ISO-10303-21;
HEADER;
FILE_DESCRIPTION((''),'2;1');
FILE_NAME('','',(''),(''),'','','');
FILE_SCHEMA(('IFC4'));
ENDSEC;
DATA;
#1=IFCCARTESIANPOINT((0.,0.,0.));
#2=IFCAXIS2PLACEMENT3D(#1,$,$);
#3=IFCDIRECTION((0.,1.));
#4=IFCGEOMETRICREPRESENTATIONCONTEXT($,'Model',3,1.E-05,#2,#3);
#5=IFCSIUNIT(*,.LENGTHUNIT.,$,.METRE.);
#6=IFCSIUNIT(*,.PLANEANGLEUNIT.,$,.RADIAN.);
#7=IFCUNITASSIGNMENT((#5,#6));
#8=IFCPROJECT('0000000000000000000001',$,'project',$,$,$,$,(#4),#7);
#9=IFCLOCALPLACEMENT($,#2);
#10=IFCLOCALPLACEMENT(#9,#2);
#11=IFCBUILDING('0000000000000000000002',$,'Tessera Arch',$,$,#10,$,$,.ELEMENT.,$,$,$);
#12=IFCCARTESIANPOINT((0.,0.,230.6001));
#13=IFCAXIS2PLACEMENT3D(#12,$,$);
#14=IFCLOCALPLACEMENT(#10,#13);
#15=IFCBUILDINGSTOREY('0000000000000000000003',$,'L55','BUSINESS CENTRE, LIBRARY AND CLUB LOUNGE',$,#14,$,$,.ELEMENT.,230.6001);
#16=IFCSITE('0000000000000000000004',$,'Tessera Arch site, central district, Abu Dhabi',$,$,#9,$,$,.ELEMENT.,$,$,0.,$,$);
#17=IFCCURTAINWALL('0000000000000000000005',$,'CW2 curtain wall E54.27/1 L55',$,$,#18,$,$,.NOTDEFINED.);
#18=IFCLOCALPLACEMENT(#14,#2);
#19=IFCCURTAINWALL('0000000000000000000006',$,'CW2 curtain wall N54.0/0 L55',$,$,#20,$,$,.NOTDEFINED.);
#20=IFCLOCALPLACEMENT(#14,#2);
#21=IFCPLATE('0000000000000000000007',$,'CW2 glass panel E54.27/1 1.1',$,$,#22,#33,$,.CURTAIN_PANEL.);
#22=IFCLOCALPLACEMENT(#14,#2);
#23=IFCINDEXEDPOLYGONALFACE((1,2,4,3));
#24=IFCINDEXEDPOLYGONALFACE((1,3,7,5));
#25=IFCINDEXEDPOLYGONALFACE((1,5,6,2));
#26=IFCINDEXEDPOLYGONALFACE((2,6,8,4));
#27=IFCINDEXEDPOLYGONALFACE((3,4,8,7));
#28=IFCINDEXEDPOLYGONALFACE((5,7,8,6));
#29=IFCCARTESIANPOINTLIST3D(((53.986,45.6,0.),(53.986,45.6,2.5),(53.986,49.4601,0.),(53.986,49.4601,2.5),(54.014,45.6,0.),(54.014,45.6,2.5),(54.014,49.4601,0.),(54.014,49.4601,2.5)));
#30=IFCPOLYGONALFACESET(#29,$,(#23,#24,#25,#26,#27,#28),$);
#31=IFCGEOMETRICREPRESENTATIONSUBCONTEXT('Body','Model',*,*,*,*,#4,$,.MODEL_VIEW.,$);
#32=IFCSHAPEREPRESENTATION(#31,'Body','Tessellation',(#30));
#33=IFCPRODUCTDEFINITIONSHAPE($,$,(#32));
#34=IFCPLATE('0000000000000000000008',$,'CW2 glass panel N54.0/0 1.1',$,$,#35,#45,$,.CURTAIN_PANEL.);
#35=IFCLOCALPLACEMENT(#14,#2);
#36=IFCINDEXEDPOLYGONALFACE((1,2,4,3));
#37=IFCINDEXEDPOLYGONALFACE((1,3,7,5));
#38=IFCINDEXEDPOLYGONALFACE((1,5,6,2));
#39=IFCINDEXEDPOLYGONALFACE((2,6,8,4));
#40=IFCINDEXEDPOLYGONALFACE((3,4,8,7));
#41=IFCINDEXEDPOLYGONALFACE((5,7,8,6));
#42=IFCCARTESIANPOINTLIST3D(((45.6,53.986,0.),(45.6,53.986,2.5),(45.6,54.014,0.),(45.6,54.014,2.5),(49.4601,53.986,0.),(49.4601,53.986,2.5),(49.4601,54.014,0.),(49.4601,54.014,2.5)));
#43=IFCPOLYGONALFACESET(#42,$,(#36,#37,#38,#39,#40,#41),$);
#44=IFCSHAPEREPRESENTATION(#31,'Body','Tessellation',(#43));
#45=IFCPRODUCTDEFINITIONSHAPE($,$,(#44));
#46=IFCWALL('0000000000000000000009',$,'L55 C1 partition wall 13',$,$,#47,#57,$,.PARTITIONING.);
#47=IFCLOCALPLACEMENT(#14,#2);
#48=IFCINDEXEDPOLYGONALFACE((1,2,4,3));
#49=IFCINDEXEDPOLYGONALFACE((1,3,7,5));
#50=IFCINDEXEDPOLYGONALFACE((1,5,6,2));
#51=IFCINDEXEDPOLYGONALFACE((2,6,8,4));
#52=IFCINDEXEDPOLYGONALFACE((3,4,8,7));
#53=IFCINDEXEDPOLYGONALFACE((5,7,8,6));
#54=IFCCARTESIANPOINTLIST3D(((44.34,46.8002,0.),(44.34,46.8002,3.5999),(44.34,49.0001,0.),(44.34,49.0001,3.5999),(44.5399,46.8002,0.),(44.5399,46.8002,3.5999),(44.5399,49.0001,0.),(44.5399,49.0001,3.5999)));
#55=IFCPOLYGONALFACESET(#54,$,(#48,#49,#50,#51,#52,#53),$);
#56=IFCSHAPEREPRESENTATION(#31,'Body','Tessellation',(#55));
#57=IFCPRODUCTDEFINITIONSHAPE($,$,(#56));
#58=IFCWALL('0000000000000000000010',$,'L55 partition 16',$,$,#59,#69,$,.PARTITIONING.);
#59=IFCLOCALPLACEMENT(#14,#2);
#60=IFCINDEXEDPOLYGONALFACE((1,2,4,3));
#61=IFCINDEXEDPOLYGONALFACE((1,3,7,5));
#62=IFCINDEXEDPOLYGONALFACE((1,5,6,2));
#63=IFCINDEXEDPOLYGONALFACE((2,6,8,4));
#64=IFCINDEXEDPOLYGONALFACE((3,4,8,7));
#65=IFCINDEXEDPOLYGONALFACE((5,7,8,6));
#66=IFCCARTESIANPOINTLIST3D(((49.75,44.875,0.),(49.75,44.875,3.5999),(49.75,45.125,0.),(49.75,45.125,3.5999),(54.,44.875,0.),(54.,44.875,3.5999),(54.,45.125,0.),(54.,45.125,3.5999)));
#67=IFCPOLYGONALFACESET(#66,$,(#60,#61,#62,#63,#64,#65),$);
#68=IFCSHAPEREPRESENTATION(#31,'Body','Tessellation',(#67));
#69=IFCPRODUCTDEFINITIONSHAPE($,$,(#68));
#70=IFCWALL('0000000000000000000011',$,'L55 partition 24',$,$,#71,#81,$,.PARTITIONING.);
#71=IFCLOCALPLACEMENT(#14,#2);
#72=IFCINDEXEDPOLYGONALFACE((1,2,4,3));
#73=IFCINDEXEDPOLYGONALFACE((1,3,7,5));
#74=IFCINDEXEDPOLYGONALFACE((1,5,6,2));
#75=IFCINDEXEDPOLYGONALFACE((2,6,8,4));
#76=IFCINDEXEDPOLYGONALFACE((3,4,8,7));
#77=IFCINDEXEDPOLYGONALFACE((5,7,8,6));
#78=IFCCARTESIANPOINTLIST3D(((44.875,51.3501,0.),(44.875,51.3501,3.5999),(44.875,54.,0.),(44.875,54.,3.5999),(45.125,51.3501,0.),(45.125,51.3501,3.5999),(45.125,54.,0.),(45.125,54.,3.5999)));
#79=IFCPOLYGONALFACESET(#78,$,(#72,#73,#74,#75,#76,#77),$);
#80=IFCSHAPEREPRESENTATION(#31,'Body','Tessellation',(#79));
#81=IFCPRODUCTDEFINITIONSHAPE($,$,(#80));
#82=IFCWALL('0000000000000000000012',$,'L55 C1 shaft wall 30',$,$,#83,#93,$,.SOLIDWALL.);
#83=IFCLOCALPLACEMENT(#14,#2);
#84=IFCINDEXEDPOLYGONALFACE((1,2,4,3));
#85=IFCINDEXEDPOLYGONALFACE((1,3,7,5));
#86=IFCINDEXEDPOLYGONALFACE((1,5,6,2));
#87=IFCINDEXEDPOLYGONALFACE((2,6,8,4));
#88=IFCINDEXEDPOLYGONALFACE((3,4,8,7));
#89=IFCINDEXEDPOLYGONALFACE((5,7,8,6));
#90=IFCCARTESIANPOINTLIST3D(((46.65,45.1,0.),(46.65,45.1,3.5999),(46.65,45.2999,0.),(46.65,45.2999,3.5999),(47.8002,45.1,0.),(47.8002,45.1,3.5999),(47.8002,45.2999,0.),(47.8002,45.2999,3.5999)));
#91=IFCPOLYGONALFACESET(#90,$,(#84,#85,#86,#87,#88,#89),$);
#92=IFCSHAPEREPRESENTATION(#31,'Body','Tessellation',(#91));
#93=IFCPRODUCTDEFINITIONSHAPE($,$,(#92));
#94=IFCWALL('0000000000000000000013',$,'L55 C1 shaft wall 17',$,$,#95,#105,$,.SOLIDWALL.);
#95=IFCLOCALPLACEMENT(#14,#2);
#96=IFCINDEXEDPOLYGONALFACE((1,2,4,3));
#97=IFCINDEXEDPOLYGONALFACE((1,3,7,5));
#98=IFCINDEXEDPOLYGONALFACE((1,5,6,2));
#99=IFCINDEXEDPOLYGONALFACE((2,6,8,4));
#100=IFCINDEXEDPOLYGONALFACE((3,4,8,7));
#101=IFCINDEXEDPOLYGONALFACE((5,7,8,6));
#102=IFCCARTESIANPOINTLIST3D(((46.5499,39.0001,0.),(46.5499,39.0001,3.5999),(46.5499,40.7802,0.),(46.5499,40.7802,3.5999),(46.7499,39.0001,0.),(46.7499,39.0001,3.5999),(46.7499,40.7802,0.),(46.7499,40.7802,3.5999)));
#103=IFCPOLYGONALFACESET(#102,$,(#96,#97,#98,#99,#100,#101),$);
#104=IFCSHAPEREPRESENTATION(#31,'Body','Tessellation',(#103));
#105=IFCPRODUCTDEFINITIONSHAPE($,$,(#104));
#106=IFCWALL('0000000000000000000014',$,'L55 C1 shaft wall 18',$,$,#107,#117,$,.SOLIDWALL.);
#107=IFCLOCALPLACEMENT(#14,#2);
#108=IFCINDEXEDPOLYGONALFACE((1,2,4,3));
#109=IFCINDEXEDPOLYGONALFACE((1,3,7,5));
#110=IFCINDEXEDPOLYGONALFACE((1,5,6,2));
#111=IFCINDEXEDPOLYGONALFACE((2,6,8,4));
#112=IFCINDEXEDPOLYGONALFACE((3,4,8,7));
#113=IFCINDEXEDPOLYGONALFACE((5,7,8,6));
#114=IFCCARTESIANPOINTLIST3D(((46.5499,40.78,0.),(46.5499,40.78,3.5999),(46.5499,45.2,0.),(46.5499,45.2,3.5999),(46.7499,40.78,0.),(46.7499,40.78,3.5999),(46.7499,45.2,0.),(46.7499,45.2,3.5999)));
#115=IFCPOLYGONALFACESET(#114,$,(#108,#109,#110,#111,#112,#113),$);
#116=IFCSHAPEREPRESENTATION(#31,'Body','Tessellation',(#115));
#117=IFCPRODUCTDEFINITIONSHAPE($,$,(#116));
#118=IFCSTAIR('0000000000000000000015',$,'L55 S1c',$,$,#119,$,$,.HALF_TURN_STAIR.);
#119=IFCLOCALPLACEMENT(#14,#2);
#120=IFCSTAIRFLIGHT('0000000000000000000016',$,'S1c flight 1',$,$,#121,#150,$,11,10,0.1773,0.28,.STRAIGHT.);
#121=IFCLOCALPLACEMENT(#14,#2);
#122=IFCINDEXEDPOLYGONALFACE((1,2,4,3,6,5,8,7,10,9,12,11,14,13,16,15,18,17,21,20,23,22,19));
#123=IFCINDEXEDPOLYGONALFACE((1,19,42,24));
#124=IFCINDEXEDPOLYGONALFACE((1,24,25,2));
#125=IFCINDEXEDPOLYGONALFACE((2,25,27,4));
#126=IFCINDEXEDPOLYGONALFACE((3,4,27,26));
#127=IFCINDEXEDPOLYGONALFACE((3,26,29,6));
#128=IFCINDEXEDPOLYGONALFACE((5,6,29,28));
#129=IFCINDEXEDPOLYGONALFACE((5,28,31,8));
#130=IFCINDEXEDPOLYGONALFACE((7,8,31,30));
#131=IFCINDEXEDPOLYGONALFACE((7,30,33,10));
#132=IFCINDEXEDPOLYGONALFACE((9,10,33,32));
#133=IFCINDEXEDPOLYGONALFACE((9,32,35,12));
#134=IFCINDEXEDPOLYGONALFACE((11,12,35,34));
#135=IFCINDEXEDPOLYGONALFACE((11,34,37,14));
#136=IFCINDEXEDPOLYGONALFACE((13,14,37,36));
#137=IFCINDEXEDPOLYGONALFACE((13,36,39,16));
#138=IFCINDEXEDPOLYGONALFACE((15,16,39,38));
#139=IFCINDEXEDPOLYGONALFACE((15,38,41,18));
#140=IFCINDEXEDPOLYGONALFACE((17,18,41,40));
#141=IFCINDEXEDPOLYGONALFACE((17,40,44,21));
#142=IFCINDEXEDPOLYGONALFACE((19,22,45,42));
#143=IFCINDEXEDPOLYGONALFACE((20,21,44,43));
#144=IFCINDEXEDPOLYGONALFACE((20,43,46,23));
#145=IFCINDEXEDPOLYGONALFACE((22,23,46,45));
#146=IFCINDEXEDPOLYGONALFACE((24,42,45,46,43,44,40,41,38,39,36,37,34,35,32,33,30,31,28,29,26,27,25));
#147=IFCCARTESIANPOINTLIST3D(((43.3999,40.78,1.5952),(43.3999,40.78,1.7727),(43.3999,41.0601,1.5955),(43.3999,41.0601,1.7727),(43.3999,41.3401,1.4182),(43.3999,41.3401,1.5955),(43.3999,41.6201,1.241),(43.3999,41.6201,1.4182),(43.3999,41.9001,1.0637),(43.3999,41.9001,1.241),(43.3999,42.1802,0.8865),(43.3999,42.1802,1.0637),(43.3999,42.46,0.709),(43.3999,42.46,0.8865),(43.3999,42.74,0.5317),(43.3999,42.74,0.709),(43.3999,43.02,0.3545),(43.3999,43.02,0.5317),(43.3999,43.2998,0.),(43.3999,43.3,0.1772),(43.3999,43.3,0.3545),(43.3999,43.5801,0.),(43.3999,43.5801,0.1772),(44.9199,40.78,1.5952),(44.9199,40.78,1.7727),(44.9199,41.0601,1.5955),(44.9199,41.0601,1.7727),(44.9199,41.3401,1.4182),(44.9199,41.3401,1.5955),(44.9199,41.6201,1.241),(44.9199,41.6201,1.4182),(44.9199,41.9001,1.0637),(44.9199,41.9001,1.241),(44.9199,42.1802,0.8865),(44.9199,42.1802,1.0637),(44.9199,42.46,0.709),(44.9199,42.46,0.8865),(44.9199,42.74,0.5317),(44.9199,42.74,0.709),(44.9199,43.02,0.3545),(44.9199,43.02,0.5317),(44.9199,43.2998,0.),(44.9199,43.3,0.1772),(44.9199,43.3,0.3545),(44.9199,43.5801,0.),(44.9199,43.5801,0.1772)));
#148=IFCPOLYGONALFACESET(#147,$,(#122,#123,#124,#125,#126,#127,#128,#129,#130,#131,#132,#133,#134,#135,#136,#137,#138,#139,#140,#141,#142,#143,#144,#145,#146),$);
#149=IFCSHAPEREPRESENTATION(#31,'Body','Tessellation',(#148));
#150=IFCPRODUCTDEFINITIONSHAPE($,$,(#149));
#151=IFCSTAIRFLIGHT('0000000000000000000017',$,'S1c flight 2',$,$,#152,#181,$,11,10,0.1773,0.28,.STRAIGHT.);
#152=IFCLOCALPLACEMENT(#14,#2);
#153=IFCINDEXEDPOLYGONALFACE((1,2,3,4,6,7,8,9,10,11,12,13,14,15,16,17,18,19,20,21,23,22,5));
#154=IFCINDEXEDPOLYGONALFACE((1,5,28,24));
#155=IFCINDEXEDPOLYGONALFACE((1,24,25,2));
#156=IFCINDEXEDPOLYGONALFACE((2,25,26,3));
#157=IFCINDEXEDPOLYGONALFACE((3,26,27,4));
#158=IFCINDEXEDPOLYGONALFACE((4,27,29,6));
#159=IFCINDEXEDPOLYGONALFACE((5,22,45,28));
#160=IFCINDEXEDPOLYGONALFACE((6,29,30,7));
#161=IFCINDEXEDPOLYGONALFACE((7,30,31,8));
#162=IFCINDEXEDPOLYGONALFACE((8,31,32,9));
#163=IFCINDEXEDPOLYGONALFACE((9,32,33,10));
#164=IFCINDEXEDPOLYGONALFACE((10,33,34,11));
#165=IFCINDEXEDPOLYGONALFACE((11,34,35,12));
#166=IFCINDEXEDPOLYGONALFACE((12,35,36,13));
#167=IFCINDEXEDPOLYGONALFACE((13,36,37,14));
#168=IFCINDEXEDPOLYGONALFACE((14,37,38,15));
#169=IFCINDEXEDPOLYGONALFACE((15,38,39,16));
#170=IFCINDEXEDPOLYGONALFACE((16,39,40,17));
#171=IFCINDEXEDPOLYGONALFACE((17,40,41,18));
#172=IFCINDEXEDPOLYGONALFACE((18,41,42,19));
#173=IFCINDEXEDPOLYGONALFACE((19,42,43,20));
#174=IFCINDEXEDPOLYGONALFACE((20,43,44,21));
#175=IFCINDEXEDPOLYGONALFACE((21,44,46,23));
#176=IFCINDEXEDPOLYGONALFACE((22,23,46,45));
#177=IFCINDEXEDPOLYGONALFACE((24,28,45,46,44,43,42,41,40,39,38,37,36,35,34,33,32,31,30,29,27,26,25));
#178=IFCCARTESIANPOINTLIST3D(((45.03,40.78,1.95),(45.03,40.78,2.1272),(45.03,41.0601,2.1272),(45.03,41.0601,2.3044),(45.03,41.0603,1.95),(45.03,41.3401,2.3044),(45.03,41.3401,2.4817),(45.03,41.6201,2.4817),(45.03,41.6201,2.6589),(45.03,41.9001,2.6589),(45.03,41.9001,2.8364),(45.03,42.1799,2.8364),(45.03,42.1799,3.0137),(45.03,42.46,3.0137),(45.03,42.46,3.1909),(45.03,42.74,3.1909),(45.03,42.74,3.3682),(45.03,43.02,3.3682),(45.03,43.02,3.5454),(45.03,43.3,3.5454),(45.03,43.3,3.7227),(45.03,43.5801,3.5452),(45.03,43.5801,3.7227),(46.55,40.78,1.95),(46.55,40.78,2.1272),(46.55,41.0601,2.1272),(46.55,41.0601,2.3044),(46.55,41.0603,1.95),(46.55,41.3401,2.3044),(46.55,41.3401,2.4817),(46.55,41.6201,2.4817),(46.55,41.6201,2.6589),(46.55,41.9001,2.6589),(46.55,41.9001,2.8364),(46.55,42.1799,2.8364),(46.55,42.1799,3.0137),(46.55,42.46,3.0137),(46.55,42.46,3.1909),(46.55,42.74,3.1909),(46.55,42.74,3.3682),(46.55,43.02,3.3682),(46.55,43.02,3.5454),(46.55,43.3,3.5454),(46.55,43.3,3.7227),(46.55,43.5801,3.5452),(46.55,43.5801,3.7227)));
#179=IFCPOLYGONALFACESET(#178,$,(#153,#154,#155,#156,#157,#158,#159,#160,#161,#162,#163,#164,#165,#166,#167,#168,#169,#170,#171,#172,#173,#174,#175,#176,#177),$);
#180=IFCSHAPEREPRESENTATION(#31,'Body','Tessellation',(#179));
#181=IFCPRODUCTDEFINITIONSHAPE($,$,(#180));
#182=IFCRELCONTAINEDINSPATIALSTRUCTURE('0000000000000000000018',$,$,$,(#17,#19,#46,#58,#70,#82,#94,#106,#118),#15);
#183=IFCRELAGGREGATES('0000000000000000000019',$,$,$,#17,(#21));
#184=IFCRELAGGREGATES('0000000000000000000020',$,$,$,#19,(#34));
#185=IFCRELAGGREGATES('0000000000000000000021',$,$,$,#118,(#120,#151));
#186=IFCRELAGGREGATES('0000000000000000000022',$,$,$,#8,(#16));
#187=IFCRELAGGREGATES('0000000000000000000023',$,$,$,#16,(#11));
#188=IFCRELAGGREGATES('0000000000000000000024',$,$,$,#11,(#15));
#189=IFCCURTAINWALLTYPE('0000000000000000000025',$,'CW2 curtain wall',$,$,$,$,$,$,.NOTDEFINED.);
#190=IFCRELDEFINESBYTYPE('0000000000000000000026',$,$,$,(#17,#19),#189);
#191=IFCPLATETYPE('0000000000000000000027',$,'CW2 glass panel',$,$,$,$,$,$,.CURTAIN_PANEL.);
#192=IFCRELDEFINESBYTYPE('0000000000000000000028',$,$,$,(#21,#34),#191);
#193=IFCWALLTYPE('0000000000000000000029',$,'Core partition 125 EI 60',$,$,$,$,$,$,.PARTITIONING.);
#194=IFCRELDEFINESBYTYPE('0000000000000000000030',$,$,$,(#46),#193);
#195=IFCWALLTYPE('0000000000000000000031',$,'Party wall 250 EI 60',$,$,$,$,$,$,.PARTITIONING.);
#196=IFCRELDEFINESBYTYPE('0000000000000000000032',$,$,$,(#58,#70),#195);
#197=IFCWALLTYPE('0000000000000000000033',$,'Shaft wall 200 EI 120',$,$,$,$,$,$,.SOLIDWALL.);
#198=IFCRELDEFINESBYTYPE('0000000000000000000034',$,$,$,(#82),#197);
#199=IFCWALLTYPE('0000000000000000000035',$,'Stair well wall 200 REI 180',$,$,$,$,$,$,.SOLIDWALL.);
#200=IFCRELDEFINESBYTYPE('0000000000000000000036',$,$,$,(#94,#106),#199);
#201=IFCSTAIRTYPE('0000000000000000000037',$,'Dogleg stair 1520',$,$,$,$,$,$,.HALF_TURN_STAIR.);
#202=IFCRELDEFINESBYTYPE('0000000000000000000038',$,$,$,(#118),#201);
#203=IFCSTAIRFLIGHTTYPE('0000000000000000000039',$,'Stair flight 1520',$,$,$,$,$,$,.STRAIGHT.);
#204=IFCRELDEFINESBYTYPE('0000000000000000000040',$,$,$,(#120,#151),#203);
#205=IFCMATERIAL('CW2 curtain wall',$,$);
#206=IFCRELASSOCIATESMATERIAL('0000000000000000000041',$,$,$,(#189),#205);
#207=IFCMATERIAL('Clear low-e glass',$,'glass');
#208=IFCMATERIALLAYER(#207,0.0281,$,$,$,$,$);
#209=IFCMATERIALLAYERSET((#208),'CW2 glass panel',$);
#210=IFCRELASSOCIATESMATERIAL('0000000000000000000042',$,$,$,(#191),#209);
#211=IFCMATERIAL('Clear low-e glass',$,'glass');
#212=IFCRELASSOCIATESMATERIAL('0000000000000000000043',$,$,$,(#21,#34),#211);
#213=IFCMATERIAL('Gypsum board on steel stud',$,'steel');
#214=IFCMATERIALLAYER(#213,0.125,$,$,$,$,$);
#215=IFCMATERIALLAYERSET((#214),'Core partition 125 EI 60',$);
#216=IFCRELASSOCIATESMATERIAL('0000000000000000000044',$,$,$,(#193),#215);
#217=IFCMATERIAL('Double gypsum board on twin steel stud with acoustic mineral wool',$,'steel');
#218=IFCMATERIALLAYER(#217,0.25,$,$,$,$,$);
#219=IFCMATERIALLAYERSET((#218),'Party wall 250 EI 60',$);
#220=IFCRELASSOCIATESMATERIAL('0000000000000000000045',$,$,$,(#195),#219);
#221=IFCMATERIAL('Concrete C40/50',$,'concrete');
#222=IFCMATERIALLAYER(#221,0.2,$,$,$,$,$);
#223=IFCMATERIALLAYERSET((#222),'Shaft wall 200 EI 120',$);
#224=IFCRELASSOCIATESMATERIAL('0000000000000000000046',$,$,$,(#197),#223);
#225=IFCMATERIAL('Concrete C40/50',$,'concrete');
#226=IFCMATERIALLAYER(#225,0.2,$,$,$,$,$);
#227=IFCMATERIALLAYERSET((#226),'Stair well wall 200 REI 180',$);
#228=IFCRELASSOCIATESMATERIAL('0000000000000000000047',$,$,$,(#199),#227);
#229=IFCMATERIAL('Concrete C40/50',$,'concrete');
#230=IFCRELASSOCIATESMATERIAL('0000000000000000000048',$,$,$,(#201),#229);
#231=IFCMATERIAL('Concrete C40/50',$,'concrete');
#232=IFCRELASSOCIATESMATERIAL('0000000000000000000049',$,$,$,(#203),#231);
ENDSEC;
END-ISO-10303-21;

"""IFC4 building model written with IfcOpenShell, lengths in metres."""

from ifc_helpers import new_model, si_unit, direction, frame, frame_2d, origin, origin_2d, place, context, subcontext, project, spatial, polyline, rectangle, outline, extrude, material, layer, layer_set, type_object, element, aggregate, save


model = new_model("IFC4")

# Units and contexts
model_context = context("Model", 3, precision=1e-05, world=origin(), true_north=direction((0.0, 1.0)))
body_context = subcontext(model_context, "Body", "Model", "MODEL_VIEW")
ifc_project = project(units=[si_unit("LENGTHUNIT", "METRE"), si_unit("PLANEANGLEUNIT", "RADIAN")], contexts=[model_context])

# Site, building, storey
site_placement = place(None, origin())
site = spatial("IfcSite", under=ifc_project, at=site_placement, Name="Tessera Arch site, central district, Abu Dhabi", CompositionType="ELEMENT", RefElevation=0.0)
building_placement = place(site_placement, origin())
building = spatial("IfcBuilding", under=site, at=building_placement, Name="Tessera Arch", CompositionType="ELEMENT")
storey_placement = place(building_placement, frame((0.0, 0.0, 230.6001)))
storey = spatial("IfcBuildingStorey", under=building, at=storey_placement, Name="L55", Description="BUSINESS CENTRE, LIBRARY AND CLUB LOUNGE", CompositionType="ELEMENT", Elevation=230.6001)

# Curtain walls
ifc_material_1 = material(Name="CW2 curtain wall")
curtain_wall_type_1 = type_object("IfcCurtainWallType", Name="CW2 curtain wall", PredefinedType="NOTDEFINED", material=ifc_material_1)
curtain_wall_1_placement = place(storey_placement, origin())
curtain_wall_1 = element("IfcCurtainWall", 1, at=curtain_wall_1_placement, inside=storey, type_object=curtain_wall_type_1, Name="CW2 curtain wall E54.27/1 L55", PredefinedType="NOTDEFINED")
curtain_wall_2_placement = place(storey_placement, origin())
curtain_wall_2 = element("IfcCurtainWall", 2, at=curtain_wall_2_placement, inside=storey, type_object=curtain_wall_type_1, Name="CW2 curtain wall N54.0/0 L55", PredefinedType="NOTDEFINED")

# Plates
ifc_material_2 = material(Name="Clear low-e glass", Category="glass")
ifc_material_3 = material(Name="Clear low-e glass", Category="glass")
ifc_layer_1 = layer(ifc_material_3, 0.0281)
ifc_layer_set_1 = layer_set([ifc_layer_1], Name="CW2 glass panel")
plate_type_1 = type_object("IfcPlateType", Name="CW2 glass panel", PredefinedType="CURTAIN_PANEL", material=ifc_layer_set_1)
plate_1_placement = place(storey_placement, frame((54.0, 47.53, 0.0), z_axis=(0.0, 0.0, 1.0), x_axis=(0.0, 1.0, 0.0)))
plate_1 = element("IfcPlate", 3, at=plate_1_placement, type_object=plate_type_1, material=ifc_material_2, Name="CW2 glass panel E54.27/1 1.1", PredefinedType="CURTAIN_PANEL", context=body_context, shape_type="SweptSolid", body=[
    extrude(rectangle(XDim=3.8601, YDim=0.0281, at=origin_2d()), origin(), (0.0, 0.0, 1.0), 2.5),
])
aggregate(curtain_wall_1, [plate_1])
plate_2_placement = place(storey_placement, frame((47.53, 54.0, 0.0), z_axis=(0.0, 0.0, 1.0), x_axis=(-1.0, 0.0, 0.0)))
plate_2 = element("IfcPlate", 4, at=plate_2_placement, type_object=plate_type_1, material=ifc_material_2, Name="CW2 glass panel N54.0/0 1.1", PredefinedType="CURTAIN_PANEL", context=body_context, shape_type="SweptSolid", body=[
    extrude(rectangle(XDim=3.8601, YDim=0.0281, at=origin_2d()), origin(), (0.0, 0.0, 1.0), 2.5),
])
aggregate(curtain_wall_2, [plate_2])

# Walls
ifc_material_4 = material(Name="Gypsum board on steel stud", Category="steel")
ifc_layer_2 = layer(ifc_material_4, 0.125)
ifc_layer_set_2 = layer_set([ifc_layer_2], Name="Core partition 125 EI 60")
wall_type_1 = type_object("IfcWallType", Name="Core partition 125 EI 60", PredefinedType="PARTITIONING", material=ifc_layer_set_2)
wall_1_placement = place(storey_placement, frame((44.4399, 46.8, 0.0), z_axis=(0.0, 0.0, 1.0), x_axis=(0.0, 1.0, 0.0)))
element("IfcWall", 5, at=wall_1_placement, inside=storey, type_object=wall_type_1, Name="L55 C1 partition wall 13", PredefinedType="PARTITIONING", context=body_context, shape_type="SweptSolid", body=[
    extrude(rectangle(XDim=2.2, YDim=0.2, at=frame_2d((1.1001, 0.0))), origin(), (0.0, 0.0, 1.0), 3.5999),
])
ifc_material_5 = material(Name="Double gypsum board on twin steel stud with acoustic mineral wool", Category="steel")
ifc_layer_3 = layer(ifc_material_5, 0.25)
ifc_layer_set_3 = layer_set([ifc_layer_3], Name="Party wall 250 EI 60")
wall_type_2 = type_object("IfcWallType", Name="Party wall 250 EI 60", PredefinedType="PARTITIONING", material=ifc_layer_set_3)
wall_2_placement = place(storey_placement, frame((49.75, 45.0, 0.0), z_axis=(0.0, 0.0, 1.0), x_axis=(1.0, 0.0, 0.0)))
element("IfcWall", 6, at=wall_2_placement, inside=storey, type_object=wall_type_2, Name="L55 partition 16", PredefinedType="PARTITIONING", context=body_context, shape_type="SweptSolid", body=[
    extrude(rectangle(XDim=4.25, YDim=0.25, at=frame_2d((2.125, 0.0))), origin(), (0.0, 0.0, 1.0), 3.5999),
])
wall_3_placement = place(storey_placement, frame((45.0, 51.3501, 0.0), z_axis=(0.0, 0.0, 1.0), x_axis=(0.0, 1.0, 0.0)))
element("IfcWall", 7, at=wall_3_placement, inside=storey, type_object=wall_type_2, Name="L55 partition 24", PredefinedType="PARTITIONING", context=body_context, shape_type="SweptSolid", body=[
    extrude(rectangle(XDim=2.6499, YDim=0.25, at=frame_2d((1.325, 0.0))), origin(), (0.0, 0.0, 1.0), 3.5999),
])
ifc_material_6 = material(Name="Concrete C40/50", Category="concrete")
ifc_layer_4 = layer(ifc_material_6, 0.2)
ifc_layer_set_4 = layer_set([ifc_layer_4], Name="Shaft wall 200 EI 120")
wall_type_3 = type_object("IfcWallType", Name="Shaft wall 200 EI 120", PredefinedType="SOLIDWALL", material=ifc_layer_set_4)
wall_4_placement = place(storey_placement, frame((46.6499, 45.2, 0.0), z_axis=(0.0, 0.0, 1.0), x_axis=(1.0, 0.0, 0.0)))
element("IfcWall", 8, at=wall_4_placement, inside=storey, type_object=wall_type_3, Name="L55 C1 shaft wall 30", PredefinedType="SOLIDWALL", context=body_context, shape_type="SweptSolid", body=[
    extrude(rectangle(XDim=1.1501, YDim=0.2, at=frame_2d((0.5752, 0.0))), origin(), (0.0, 0.0, 1.0), 3.5999),
])
ifc_material_7 = material(Name="Concrete C40/50", Category="concrete")
ifc_layer_5 = layer(ifc_material_7, 0.2)
ifc_layer_set_5 = layer_set([ifc_layer_5], Name="Stair well wall 200 REI 180")
wall_type_4 = type_object("IfcWallType", Name="Stair well wall 200 REI 180", PredefinedType="SOLIDWALL", material=ifc_layer_set_5)
wall_5_placement = place(storey_placement, frame((46.6499, 39.0, 0.0), z_axis=(0.0, 0.0, 1.0), x_axis=(0.0, 1.0, 0.0)))
element("IfcWall", 9, at=wall_5_placement, inside=storey, type_object=wall_type_4, Name="L55 C1 shaft wall 17", PredefinedType="SOLIDWALL", context=body_context, shape_type="SweptSolid", body=[
    extrude(rectangle(XDim=1.78, YDim=0.2, at=frame_2d((0.8901, 0.0))), origin(), (0.0, 0.0, 1.0), 3.5999),
])
wall_6_placement = place(storey_placement, frame((46.6499, 40.78, 0.0), z_axis=(0.0, 0.0, 1.0), x_axis=(0.0, 1.0, 0.0)))
element("IfcWall", 10, at=wall_6_placement, inside=storey, type_object=wall_type_4, Name="L55 C1 shaft wall 18", PredefinedType="SOLIDWALL", context=body_context, shape_type="SweptSolid", body=[
    extrude(rectangle(XDim=4.4199, YDim=0.2, at=frame_2d((2.21, 0.0))), origin(), (0.0, 0.0, 1.0), 3.5999),
])

# Stair, stair flights
ifc_material_8 = material(Name="Concrete C40/50", Category="concrete")
stair_type = type_object("IfcStairType", Name="Dogleg stair 1520", PredefinedType="HALF_TURN_STAIR", material=ifc_material_8)
stair_placement = place(storey_placement, origin())
stair = element("IfcStair", 11, at=stair_placement, inside=storey, type_object=stair_type, Name="L55 S1c", PredefinedType="HALF_TURN_STAIR")
ifc_material_9 = material(Name="Concrete C40/50", Category="concrete")
stair_flight_type = type_object("IfcStairFlightType", Name="Stair flight 1520", PredefinedType="STRAIGHT", material=ifc_material_9)
stair_flight_1_placement = place(storey_placement, frame((44.1599, 43.5801, 0.0), z_axis=(0.0, 0.0, 1.0), x_axis=(0.0, -1.0, 0.0)))
stair_flight_1 = element("IfcStairFlight", 12, at=stair_flight_1_placement, type_object=stair_flight_type, Name="S1c flight 1", NumberOfRisers=11, NumberOfTreads=10, PredefinedType="STRAIGHT", RiserHeight=0.1773, TreadLength=0.28, context=body_context, shape_type="SweptSolid", body=[
    extrude(outline(polyline([(0.0, 0.0), (0.0, 0.1772), (0.28, 0.1772), (0.28, 0.3545), (0.5601, 0.3545), (0.5601, 0.5317), (0.8401, 0.5317), (0.8401, 0.709), (1.1201, 0.709), (1.1201, 0.8865), (1.3999, 0.8865), (1.3999, 1.0637), (1.6799, 1.0637), (1.6799, 1.241), (1.96, 1.241), (1.96, 1.4182), (2.24, 1.4182), (2.24, 1.5955), (2.52, 1.5955), (2.52, 1.7727), (2.8, 1.7727), (2.8, 1.95), (2.8, 1.5952), (0.2803, 0.0), (0.0, 0.0)])), frame((0.0, 0.76, 0.0), z_axis=(0.0, -1.0, 0.0), x_axis=(1.0, 0.0, 0.0)), (0.0, 0.0, 1.0), 1.52),
])
stair_flight_2_placement = place(storey_placement, frame((45.79, 40.78, 1.95), z_axis=(0.0, 0.0, 1.0), x_axis=(0.0, 1.0, 0.0)))
stair_flight_2 = element("IfcStairFlight", 13, at=stair_flight_2_placement, type_object=stair_flight_type, Name="S1c flight 2", NumberOfRisers=11, NumberOfTreads=10, PredefinedType="STRAIGHT", RiserHeight=0.1773, TreadLength=0.28, context=body_context, shape_type="SweptSolid", body=[
    extrude(outline(polyline([(0.0, 0.0), (0.0, 0.1772), (0.28, 0.1772), (0.28, 0.3545), (0.5601, 0.3545), (0.5601, 0.5317), (0.8401, 0.5317), (0.8401, 0.709), (1.1201, 0.709), (1.1201, 0.8865), (1.3999, 0.8865), (1.3999, 1.0637), (1.6799, 1.0637), (1.6799, 1.241), (1.96, 1.241), (1.96, 1.4182), (2.24, 1.4182), (2.24, 1.5955), (2.52, 1.5955), (2.52, 1.7727), (2.8, 1.7727), (2.8, 1.95), (2.8, 1.5952), (0.2803, 0.0), (0.0, 0.0)])), frame((0.0, 0.76, 0.0), z_axis=(0.0, -1.0, 0.0), x_axis=(1.0, 0.0, 0.0)), (0.0, 0.0, 1.0), 1.52),
])
aggregate(stair, [stair_flight_1, stair_flight_2])

save(model, "model.ifc")
